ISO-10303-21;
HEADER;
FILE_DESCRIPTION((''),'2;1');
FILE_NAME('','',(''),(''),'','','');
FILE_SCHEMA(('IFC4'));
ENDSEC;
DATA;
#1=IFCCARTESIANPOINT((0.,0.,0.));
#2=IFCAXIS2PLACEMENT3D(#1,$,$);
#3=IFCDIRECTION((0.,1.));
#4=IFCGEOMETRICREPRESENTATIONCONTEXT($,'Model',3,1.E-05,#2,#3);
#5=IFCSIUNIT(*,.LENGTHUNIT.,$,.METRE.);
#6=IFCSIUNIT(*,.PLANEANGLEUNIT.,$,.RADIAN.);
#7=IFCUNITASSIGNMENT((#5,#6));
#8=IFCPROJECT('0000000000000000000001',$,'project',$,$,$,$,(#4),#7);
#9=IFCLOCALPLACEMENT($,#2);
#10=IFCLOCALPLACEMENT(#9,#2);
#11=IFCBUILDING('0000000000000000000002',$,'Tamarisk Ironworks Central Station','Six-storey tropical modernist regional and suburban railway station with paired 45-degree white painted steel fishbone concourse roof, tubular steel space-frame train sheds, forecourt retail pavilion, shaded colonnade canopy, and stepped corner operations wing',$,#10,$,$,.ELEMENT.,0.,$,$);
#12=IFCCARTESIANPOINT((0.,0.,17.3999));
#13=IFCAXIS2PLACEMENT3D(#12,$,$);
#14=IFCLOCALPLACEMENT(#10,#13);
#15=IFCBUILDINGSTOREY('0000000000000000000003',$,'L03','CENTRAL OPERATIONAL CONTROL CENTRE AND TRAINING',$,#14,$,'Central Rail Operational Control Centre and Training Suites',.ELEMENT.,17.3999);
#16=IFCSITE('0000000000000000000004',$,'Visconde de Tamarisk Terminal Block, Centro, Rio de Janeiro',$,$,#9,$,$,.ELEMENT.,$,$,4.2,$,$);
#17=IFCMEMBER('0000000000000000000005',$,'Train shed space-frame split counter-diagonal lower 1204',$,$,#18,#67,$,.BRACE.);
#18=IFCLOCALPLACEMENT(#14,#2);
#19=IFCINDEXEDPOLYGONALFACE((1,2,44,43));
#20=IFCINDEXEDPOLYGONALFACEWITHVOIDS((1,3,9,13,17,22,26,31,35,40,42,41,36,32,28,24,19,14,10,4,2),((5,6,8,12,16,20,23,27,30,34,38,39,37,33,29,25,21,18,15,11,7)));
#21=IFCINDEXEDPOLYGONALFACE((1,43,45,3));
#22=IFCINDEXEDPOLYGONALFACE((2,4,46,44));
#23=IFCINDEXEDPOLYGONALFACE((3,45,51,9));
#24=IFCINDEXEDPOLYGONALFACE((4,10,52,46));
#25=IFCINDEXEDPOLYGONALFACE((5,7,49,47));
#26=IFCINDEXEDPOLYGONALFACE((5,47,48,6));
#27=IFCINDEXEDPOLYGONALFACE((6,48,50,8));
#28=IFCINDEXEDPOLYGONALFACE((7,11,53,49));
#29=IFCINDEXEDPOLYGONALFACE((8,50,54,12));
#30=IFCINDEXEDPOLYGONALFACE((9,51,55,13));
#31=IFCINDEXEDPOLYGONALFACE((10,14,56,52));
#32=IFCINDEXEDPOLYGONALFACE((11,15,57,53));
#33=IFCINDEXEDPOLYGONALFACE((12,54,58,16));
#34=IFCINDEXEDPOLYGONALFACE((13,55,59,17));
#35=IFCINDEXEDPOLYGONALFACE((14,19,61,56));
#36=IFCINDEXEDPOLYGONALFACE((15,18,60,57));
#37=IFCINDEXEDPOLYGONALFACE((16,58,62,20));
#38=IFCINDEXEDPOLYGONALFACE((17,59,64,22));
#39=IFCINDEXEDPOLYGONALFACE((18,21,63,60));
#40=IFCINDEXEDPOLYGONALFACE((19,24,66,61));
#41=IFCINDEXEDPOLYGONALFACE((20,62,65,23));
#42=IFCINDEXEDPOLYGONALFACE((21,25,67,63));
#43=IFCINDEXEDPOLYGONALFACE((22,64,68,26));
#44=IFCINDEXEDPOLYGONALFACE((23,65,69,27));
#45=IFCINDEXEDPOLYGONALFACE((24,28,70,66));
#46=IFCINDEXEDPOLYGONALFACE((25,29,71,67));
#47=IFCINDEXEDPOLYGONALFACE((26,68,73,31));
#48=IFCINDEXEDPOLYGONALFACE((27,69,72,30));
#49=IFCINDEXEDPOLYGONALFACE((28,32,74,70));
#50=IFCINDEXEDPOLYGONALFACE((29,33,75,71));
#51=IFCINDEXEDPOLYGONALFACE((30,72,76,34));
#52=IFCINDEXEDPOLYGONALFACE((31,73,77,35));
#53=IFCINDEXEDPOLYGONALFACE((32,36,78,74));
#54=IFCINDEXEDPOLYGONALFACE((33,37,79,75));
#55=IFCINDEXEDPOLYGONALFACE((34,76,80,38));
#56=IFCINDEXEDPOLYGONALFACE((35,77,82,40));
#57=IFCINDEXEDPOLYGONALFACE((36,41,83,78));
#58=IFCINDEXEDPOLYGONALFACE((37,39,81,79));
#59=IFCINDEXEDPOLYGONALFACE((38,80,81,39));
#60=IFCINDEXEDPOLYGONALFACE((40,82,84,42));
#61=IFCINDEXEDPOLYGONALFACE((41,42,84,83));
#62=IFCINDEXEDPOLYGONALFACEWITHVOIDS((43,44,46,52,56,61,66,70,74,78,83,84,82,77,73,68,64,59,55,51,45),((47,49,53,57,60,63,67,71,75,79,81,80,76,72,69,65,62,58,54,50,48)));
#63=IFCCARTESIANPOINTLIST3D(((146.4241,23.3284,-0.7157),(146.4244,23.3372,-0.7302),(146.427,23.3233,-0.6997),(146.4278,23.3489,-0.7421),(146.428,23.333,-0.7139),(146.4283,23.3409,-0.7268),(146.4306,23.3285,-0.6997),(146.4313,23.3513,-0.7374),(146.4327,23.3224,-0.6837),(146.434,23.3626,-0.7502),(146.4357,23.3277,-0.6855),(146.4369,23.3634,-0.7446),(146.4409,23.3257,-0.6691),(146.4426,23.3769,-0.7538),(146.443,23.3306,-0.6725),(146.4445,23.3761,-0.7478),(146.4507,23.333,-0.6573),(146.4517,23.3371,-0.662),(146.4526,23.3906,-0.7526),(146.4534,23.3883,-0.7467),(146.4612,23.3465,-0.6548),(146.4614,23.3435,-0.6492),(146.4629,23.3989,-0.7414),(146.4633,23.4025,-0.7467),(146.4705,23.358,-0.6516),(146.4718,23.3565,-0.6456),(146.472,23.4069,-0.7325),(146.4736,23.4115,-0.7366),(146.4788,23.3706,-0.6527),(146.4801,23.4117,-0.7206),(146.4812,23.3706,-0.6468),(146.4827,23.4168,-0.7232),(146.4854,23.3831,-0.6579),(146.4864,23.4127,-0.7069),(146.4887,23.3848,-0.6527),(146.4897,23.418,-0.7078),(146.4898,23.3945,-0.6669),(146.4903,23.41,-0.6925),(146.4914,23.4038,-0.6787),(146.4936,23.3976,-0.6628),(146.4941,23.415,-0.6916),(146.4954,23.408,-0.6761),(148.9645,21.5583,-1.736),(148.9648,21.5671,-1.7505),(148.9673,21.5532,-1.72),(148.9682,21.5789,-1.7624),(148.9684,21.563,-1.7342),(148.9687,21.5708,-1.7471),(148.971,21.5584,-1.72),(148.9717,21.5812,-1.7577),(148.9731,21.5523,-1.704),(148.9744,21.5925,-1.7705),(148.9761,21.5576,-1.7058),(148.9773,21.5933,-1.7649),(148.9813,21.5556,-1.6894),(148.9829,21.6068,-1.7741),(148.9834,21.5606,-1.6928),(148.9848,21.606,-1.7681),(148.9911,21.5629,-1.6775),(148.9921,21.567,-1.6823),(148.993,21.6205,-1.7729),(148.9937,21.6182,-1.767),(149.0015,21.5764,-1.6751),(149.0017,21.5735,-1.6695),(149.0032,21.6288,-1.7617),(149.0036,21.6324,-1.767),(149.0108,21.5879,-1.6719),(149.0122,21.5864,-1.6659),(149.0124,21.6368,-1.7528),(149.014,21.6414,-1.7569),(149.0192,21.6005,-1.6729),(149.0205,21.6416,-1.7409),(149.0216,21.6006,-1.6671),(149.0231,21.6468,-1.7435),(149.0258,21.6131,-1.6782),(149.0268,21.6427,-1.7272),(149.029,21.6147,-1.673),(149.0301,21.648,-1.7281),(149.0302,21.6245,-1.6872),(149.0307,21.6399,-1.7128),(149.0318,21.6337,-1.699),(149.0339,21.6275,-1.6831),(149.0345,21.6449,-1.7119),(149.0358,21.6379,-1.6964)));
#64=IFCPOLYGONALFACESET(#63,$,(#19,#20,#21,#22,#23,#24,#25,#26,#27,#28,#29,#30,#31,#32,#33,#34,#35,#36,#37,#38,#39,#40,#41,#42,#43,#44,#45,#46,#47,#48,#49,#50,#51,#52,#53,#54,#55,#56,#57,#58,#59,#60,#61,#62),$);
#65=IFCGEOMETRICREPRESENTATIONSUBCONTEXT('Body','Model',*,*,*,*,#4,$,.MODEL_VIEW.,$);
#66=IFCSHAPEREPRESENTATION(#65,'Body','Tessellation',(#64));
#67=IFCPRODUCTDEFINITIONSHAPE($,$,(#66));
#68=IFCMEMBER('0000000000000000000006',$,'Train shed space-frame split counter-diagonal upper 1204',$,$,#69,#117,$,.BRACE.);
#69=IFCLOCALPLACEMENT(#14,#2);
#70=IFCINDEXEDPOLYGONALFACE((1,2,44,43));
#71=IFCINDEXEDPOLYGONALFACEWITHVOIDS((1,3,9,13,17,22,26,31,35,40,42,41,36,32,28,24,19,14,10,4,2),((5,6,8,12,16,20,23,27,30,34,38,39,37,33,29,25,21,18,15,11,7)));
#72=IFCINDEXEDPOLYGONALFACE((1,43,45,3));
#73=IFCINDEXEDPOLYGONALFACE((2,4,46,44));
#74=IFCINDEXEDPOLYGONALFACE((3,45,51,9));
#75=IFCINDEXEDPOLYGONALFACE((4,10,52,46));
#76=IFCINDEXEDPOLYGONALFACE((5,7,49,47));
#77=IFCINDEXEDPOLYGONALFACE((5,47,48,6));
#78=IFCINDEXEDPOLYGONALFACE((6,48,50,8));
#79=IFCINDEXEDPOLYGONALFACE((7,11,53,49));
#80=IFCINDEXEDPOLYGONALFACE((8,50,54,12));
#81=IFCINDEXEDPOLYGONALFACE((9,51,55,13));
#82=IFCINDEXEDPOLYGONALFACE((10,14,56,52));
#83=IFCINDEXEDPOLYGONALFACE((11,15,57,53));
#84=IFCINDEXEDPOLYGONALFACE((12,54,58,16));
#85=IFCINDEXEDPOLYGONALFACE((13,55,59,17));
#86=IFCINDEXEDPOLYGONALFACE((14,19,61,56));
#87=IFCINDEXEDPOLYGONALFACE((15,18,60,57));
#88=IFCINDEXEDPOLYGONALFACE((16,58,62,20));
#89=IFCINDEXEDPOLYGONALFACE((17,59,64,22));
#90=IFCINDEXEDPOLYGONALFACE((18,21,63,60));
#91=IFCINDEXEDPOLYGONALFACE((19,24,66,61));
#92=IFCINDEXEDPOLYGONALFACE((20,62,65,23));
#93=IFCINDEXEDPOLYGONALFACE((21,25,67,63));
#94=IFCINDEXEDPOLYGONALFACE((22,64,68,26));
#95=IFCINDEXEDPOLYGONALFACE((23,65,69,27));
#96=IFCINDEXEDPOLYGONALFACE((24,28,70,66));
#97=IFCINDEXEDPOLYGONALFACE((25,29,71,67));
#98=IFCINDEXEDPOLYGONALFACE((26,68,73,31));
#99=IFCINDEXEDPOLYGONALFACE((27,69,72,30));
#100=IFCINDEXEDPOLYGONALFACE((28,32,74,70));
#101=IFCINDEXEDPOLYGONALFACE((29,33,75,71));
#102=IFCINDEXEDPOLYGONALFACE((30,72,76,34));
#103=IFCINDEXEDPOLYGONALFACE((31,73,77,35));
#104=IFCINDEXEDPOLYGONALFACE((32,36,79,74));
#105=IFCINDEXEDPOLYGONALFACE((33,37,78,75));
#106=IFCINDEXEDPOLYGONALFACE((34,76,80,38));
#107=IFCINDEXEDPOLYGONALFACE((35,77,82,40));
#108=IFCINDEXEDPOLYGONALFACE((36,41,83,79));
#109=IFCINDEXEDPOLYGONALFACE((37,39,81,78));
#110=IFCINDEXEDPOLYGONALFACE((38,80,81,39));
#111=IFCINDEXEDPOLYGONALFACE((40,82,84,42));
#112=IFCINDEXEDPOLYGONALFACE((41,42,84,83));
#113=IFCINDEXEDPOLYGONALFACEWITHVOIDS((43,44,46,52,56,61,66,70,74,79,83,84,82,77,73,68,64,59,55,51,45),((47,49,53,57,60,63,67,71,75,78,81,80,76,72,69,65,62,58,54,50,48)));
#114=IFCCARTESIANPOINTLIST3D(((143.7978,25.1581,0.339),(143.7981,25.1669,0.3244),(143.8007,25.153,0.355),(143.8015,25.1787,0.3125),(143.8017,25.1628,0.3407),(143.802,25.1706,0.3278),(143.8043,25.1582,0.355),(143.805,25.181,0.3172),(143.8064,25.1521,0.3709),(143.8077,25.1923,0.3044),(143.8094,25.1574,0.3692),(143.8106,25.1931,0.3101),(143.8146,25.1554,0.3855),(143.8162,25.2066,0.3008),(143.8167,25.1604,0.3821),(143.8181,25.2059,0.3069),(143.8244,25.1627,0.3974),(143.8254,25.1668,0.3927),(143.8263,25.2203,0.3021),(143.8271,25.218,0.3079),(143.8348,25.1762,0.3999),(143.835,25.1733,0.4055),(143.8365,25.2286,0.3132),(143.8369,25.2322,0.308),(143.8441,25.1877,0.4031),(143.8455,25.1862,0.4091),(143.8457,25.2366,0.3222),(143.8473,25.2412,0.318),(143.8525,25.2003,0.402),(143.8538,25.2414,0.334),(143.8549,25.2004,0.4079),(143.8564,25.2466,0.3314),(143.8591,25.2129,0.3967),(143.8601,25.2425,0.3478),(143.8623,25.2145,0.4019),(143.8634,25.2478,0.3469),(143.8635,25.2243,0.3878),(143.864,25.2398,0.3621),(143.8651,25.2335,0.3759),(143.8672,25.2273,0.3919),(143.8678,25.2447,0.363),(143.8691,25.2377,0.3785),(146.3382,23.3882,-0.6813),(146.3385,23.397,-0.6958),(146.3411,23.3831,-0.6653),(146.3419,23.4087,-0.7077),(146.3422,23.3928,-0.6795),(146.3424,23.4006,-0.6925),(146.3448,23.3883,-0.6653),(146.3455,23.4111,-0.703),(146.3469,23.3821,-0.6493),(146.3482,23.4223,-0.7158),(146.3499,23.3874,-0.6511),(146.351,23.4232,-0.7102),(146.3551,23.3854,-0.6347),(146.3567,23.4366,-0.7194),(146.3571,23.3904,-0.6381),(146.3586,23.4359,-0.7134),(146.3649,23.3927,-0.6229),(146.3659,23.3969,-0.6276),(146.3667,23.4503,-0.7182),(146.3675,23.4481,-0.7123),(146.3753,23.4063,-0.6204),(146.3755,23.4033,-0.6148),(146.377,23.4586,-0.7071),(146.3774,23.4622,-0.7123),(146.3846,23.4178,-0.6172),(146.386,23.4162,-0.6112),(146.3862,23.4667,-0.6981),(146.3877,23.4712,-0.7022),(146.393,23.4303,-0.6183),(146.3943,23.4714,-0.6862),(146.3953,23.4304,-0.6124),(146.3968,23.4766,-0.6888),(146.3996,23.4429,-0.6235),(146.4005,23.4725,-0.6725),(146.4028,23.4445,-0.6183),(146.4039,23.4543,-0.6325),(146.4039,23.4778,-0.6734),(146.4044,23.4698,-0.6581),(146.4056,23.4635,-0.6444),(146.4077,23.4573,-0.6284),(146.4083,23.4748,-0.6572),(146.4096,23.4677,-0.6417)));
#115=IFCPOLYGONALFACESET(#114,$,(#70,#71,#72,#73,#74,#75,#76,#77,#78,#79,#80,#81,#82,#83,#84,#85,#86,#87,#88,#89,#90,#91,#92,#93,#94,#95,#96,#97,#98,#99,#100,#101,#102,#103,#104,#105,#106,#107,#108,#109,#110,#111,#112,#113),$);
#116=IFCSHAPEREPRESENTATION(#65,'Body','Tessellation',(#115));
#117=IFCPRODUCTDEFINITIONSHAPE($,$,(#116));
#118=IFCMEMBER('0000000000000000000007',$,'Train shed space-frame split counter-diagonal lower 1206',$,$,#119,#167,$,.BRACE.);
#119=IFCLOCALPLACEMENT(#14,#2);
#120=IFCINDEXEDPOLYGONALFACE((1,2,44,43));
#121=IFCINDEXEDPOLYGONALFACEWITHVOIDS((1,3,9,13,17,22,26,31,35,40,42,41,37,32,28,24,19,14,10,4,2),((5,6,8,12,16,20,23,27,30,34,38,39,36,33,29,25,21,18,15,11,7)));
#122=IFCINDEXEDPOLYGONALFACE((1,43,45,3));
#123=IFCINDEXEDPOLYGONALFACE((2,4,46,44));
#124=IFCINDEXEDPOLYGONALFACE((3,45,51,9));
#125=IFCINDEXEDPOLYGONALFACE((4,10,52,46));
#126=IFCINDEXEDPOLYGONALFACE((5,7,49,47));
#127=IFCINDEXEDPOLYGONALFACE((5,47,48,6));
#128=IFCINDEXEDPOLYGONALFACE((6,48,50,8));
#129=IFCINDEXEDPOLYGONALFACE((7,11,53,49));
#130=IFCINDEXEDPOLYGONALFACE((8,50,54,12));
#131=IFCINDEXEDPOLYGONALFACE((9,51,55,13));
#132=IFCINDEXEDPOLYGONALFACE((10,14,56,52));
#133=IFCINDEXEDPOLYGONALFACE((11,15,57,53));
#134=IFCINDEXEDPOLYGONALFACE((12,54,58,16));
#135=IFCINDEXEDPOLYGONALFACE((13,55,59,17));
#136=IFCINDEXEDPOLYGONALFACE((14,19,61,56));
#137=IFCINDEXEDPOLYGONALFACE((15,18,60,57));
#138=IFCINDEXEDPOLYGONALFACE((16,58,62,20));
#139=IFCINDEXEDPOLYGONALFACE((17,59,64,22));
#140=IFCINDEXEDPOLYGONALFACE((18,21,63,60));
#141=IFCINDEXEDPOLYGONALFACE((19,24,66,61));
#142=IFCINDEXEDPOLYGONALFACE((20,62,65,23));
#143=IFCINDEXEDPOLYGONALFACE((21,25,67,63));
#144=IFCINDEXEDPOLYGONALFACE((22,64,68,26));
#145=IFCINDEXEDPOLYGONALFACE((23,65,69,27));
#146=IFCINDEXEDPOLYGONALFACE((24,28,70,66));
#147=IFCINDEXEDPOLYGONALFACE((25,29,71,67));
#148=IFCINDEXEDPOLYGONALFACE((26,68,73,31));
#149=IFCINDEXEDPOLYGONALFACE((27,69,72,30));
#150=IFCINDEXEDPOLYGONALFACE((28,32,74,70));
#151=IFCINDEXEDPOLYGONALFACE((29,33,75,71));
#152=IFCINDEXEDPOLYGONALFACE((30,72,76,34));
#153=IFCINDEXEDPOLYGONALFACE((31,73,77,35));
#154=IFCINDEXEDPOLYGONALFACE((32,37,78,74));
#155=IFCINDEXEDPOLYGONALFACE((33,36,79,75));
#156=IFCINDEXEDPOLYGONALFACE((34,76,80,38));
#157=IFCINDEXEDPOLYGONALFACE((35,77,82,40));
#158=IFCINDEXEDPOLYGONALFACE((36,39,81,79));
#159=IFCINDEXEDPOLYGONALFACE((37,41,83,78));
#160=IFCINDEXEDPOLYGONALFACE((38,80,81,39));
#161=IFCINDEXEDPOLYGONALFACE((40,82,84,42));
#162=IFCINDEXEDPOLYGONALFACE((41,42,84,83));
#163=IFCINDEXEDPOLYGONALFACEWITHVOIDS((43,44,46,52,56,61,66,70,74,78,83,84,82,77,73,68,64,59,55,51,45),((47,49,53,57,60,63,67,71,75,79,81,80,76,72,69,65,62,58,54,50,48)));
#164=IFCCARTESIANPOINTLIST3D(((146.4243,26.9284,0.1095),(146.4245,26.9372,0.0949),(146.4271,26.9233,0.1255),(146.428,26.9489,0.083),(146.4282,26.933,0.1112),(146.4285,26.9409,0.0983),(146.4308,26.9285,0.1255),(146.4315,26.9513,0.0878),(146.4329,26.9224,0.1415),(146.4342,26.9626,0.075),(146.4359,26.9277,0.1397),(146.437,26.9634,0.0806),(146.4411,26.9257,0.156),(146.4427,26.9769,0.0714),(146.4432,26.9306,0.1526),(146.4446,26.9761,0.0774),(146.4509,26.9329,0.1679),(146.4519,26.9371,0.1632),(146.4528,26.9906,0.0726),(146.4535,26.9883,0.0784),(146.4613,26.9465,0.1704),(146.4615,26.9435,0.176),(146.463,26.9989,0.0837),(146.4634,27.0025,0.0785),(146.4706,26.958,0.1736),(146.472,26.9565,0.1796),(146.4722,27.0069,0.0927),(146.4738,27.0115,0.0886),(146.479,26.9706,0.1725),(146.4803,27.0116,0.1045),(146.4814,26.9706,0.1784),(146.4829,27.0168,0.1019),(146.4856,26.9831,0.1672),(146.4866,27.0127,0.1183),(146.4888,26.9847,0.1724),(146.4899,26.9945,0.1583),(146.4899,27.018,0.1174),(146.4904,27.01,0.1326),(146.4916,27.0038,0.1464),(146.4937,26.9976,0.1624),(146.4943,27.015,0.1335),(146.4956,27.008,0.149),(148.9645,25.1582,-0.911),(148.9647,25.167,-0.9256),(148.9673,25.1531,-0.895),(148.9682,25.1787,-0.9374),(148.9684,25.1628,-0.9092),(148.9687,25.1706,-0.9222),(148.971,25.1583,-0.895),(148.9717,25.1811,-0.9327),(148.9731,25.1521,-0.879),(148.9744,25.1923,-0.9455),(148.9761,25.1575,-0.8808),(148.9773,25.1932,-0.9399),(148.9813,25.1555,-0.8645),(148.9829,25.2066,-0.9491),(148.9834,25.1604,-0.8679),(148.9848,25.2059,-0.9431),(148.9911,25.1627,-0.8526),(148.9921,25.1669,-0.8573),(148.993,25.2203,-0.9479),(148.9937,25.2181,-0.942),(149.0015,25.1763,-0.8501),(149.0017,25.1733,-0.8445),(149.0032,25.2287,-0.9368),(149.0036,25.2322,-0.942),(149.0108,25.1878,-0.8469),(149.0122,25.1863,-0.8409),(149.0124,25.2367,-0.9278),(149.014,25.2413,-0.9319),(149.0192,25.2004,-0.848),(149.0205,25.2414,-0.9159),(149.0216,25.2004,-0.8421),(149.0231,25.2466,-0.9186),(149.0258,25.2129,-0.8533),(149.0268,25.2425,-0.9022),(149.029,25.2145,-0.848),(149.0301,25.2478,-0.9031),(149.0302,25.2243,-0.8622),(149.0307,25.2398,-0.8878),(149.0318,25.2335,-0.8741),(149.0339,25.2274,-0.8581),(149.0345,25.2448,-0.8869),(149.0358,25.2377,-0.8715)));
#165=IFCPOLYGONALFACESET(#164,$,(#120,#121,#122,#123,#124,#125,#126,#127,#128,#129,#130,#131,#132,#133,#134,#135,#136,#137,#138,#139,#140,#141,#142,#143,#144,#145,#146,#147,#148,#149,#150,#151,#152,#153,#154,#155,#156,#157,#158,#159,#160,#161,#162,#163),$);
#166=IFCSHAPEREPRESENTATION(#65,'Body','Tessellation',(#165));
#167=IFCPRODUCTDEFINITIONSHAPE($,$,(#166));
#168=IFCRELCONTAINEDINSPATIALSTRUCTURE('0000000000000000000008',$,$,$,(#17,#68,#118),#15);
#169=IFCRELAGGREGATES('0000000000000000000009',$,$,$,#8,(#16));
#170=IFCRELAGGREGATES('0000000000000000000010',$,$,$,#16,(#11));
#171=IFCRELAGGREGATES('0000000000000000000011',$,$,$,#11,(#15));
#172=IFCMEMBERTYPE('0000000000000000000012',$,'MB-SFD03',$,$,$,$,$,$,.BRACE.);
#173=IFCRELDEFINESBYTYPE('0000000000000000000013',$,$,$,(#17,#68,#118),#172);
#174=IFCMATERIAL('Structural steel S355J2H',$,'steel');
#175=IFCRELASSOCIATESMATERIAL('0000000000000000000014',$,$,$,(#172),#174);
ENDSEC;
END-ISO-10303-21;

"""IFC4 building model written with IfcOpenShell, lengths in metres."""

from ifc_helpers import new_model, si_unit, direction, frame, origin, origin_2d, place, context, subcontext, project, spatial, hollow_circle, extrude, material, material_profile, profile_set, type_object, element, save


model = new_model("IFC4")

# Units and contexts
model_context = context("Model", 3, precision=1e-05, world=origin(), true_north=direction((0.0, 1.0)))
body_context = subcontext(model_context, "Body", "Model", "MODEL_VIEW")
ifc_project = project(units=[si_unit("LENGTHUNIT", "METRE"), si_unit("PLANEANGLEUNIT", "RADIAN")], contexts=[model_context])

# Site, building, storey
site_placement = place(None, origin())
site = spatial("IfcSite", under=ifc_project, at=site_placement, Name="Visconde de Tamarisk Terminal Block, Centro, Rio de Janeiro", CompositionType="ELEMENT", RefElevation=4.2)
building_placement = place(site_placement, origin())
building = spatial("IfcBuilding", under=site, at=building_placement, Name="Tamarisk Ironworks Central Station", Description="Six-storey tropical modernist regional and suburban railway station with paired 45-degree white painted steel fishbone concourse roof, tubular steel space-frame train sheds, forecourt retail pavilion, shaded colonnade canopy, and stepped corner operations wing", CompositionType="ELEMENT", ElevationOfRefHeight=0.0)
storey_placement = place(building_placement, frame((0.0, 0.0, 17.3999)))
storey = spatial("IfcBuildingStorey", under=building, at=storey_placement, Name="L03", Description="CENTRAL OPERATIONAL CONTROL CENTRE AND TRAINING", LongName="Central Rail Operational Control Centre and Training Suites", CompositionType="ELEMENT", Elevation=17.3999)

# Members
ifc_material_1 = material(Name="Structural steel S355J2H", Category="steel")
ifc_material_profile_1 = material_profile(ifc_material_1, hollow_circle(Radius=0.0571, WallThickness=0.0063, at=origin_2d()), Name="CHS 114.3x6.3")
ifc_profile_set_1 = profile_set([ifc_material_profile_1], Name="Structural steel S355J2H")
member_type_1 = type_object("IfcMemberType", Name="MB-SFD03", PredefinedType="BRACE", material=ifc_profile_set_1)
for number, where, z_axis, x_axis, name in (
    (1, (149.0, 21.6001, -1.72), (-0.779252, 0.542967, 0.312974), (-0.571688, -0.820471, 0.0), "Train shed space-frame split counter-diagonal lower 1204"),
    (2, (146.3738, 23.4299, -0.6653), (-0.779281, 0.542936, 0.312956), (-0.571651, -0.820497, 0.0), "Train shed space-frame split counter-diagonal upper 1204"),
    (3, (149.0, 25.2, -0.895), (-0.779202, 0.543008, 0.313029), (-0.571741, -0.820434, 0.0), "Train shed space-frame split counter-diagonal lower 1206"),
):
    element("IfcMember", number, at=place(storey_placement, frame(where, z_axis=z_axis, x_axis=x_axis)), inside=storey, type_object=member_type_1, Name=name, PredefinedType="BRACE", context=body_context, shape_type="SweptSolid", body=[
        extrude(hollow_circle(Radius=0.0571, WallThickness=0.0063, at=origin_2d()), origin(), (0.0, 0.0, 1.0), 3.26),
    ])

save(model, "model.ifc")
